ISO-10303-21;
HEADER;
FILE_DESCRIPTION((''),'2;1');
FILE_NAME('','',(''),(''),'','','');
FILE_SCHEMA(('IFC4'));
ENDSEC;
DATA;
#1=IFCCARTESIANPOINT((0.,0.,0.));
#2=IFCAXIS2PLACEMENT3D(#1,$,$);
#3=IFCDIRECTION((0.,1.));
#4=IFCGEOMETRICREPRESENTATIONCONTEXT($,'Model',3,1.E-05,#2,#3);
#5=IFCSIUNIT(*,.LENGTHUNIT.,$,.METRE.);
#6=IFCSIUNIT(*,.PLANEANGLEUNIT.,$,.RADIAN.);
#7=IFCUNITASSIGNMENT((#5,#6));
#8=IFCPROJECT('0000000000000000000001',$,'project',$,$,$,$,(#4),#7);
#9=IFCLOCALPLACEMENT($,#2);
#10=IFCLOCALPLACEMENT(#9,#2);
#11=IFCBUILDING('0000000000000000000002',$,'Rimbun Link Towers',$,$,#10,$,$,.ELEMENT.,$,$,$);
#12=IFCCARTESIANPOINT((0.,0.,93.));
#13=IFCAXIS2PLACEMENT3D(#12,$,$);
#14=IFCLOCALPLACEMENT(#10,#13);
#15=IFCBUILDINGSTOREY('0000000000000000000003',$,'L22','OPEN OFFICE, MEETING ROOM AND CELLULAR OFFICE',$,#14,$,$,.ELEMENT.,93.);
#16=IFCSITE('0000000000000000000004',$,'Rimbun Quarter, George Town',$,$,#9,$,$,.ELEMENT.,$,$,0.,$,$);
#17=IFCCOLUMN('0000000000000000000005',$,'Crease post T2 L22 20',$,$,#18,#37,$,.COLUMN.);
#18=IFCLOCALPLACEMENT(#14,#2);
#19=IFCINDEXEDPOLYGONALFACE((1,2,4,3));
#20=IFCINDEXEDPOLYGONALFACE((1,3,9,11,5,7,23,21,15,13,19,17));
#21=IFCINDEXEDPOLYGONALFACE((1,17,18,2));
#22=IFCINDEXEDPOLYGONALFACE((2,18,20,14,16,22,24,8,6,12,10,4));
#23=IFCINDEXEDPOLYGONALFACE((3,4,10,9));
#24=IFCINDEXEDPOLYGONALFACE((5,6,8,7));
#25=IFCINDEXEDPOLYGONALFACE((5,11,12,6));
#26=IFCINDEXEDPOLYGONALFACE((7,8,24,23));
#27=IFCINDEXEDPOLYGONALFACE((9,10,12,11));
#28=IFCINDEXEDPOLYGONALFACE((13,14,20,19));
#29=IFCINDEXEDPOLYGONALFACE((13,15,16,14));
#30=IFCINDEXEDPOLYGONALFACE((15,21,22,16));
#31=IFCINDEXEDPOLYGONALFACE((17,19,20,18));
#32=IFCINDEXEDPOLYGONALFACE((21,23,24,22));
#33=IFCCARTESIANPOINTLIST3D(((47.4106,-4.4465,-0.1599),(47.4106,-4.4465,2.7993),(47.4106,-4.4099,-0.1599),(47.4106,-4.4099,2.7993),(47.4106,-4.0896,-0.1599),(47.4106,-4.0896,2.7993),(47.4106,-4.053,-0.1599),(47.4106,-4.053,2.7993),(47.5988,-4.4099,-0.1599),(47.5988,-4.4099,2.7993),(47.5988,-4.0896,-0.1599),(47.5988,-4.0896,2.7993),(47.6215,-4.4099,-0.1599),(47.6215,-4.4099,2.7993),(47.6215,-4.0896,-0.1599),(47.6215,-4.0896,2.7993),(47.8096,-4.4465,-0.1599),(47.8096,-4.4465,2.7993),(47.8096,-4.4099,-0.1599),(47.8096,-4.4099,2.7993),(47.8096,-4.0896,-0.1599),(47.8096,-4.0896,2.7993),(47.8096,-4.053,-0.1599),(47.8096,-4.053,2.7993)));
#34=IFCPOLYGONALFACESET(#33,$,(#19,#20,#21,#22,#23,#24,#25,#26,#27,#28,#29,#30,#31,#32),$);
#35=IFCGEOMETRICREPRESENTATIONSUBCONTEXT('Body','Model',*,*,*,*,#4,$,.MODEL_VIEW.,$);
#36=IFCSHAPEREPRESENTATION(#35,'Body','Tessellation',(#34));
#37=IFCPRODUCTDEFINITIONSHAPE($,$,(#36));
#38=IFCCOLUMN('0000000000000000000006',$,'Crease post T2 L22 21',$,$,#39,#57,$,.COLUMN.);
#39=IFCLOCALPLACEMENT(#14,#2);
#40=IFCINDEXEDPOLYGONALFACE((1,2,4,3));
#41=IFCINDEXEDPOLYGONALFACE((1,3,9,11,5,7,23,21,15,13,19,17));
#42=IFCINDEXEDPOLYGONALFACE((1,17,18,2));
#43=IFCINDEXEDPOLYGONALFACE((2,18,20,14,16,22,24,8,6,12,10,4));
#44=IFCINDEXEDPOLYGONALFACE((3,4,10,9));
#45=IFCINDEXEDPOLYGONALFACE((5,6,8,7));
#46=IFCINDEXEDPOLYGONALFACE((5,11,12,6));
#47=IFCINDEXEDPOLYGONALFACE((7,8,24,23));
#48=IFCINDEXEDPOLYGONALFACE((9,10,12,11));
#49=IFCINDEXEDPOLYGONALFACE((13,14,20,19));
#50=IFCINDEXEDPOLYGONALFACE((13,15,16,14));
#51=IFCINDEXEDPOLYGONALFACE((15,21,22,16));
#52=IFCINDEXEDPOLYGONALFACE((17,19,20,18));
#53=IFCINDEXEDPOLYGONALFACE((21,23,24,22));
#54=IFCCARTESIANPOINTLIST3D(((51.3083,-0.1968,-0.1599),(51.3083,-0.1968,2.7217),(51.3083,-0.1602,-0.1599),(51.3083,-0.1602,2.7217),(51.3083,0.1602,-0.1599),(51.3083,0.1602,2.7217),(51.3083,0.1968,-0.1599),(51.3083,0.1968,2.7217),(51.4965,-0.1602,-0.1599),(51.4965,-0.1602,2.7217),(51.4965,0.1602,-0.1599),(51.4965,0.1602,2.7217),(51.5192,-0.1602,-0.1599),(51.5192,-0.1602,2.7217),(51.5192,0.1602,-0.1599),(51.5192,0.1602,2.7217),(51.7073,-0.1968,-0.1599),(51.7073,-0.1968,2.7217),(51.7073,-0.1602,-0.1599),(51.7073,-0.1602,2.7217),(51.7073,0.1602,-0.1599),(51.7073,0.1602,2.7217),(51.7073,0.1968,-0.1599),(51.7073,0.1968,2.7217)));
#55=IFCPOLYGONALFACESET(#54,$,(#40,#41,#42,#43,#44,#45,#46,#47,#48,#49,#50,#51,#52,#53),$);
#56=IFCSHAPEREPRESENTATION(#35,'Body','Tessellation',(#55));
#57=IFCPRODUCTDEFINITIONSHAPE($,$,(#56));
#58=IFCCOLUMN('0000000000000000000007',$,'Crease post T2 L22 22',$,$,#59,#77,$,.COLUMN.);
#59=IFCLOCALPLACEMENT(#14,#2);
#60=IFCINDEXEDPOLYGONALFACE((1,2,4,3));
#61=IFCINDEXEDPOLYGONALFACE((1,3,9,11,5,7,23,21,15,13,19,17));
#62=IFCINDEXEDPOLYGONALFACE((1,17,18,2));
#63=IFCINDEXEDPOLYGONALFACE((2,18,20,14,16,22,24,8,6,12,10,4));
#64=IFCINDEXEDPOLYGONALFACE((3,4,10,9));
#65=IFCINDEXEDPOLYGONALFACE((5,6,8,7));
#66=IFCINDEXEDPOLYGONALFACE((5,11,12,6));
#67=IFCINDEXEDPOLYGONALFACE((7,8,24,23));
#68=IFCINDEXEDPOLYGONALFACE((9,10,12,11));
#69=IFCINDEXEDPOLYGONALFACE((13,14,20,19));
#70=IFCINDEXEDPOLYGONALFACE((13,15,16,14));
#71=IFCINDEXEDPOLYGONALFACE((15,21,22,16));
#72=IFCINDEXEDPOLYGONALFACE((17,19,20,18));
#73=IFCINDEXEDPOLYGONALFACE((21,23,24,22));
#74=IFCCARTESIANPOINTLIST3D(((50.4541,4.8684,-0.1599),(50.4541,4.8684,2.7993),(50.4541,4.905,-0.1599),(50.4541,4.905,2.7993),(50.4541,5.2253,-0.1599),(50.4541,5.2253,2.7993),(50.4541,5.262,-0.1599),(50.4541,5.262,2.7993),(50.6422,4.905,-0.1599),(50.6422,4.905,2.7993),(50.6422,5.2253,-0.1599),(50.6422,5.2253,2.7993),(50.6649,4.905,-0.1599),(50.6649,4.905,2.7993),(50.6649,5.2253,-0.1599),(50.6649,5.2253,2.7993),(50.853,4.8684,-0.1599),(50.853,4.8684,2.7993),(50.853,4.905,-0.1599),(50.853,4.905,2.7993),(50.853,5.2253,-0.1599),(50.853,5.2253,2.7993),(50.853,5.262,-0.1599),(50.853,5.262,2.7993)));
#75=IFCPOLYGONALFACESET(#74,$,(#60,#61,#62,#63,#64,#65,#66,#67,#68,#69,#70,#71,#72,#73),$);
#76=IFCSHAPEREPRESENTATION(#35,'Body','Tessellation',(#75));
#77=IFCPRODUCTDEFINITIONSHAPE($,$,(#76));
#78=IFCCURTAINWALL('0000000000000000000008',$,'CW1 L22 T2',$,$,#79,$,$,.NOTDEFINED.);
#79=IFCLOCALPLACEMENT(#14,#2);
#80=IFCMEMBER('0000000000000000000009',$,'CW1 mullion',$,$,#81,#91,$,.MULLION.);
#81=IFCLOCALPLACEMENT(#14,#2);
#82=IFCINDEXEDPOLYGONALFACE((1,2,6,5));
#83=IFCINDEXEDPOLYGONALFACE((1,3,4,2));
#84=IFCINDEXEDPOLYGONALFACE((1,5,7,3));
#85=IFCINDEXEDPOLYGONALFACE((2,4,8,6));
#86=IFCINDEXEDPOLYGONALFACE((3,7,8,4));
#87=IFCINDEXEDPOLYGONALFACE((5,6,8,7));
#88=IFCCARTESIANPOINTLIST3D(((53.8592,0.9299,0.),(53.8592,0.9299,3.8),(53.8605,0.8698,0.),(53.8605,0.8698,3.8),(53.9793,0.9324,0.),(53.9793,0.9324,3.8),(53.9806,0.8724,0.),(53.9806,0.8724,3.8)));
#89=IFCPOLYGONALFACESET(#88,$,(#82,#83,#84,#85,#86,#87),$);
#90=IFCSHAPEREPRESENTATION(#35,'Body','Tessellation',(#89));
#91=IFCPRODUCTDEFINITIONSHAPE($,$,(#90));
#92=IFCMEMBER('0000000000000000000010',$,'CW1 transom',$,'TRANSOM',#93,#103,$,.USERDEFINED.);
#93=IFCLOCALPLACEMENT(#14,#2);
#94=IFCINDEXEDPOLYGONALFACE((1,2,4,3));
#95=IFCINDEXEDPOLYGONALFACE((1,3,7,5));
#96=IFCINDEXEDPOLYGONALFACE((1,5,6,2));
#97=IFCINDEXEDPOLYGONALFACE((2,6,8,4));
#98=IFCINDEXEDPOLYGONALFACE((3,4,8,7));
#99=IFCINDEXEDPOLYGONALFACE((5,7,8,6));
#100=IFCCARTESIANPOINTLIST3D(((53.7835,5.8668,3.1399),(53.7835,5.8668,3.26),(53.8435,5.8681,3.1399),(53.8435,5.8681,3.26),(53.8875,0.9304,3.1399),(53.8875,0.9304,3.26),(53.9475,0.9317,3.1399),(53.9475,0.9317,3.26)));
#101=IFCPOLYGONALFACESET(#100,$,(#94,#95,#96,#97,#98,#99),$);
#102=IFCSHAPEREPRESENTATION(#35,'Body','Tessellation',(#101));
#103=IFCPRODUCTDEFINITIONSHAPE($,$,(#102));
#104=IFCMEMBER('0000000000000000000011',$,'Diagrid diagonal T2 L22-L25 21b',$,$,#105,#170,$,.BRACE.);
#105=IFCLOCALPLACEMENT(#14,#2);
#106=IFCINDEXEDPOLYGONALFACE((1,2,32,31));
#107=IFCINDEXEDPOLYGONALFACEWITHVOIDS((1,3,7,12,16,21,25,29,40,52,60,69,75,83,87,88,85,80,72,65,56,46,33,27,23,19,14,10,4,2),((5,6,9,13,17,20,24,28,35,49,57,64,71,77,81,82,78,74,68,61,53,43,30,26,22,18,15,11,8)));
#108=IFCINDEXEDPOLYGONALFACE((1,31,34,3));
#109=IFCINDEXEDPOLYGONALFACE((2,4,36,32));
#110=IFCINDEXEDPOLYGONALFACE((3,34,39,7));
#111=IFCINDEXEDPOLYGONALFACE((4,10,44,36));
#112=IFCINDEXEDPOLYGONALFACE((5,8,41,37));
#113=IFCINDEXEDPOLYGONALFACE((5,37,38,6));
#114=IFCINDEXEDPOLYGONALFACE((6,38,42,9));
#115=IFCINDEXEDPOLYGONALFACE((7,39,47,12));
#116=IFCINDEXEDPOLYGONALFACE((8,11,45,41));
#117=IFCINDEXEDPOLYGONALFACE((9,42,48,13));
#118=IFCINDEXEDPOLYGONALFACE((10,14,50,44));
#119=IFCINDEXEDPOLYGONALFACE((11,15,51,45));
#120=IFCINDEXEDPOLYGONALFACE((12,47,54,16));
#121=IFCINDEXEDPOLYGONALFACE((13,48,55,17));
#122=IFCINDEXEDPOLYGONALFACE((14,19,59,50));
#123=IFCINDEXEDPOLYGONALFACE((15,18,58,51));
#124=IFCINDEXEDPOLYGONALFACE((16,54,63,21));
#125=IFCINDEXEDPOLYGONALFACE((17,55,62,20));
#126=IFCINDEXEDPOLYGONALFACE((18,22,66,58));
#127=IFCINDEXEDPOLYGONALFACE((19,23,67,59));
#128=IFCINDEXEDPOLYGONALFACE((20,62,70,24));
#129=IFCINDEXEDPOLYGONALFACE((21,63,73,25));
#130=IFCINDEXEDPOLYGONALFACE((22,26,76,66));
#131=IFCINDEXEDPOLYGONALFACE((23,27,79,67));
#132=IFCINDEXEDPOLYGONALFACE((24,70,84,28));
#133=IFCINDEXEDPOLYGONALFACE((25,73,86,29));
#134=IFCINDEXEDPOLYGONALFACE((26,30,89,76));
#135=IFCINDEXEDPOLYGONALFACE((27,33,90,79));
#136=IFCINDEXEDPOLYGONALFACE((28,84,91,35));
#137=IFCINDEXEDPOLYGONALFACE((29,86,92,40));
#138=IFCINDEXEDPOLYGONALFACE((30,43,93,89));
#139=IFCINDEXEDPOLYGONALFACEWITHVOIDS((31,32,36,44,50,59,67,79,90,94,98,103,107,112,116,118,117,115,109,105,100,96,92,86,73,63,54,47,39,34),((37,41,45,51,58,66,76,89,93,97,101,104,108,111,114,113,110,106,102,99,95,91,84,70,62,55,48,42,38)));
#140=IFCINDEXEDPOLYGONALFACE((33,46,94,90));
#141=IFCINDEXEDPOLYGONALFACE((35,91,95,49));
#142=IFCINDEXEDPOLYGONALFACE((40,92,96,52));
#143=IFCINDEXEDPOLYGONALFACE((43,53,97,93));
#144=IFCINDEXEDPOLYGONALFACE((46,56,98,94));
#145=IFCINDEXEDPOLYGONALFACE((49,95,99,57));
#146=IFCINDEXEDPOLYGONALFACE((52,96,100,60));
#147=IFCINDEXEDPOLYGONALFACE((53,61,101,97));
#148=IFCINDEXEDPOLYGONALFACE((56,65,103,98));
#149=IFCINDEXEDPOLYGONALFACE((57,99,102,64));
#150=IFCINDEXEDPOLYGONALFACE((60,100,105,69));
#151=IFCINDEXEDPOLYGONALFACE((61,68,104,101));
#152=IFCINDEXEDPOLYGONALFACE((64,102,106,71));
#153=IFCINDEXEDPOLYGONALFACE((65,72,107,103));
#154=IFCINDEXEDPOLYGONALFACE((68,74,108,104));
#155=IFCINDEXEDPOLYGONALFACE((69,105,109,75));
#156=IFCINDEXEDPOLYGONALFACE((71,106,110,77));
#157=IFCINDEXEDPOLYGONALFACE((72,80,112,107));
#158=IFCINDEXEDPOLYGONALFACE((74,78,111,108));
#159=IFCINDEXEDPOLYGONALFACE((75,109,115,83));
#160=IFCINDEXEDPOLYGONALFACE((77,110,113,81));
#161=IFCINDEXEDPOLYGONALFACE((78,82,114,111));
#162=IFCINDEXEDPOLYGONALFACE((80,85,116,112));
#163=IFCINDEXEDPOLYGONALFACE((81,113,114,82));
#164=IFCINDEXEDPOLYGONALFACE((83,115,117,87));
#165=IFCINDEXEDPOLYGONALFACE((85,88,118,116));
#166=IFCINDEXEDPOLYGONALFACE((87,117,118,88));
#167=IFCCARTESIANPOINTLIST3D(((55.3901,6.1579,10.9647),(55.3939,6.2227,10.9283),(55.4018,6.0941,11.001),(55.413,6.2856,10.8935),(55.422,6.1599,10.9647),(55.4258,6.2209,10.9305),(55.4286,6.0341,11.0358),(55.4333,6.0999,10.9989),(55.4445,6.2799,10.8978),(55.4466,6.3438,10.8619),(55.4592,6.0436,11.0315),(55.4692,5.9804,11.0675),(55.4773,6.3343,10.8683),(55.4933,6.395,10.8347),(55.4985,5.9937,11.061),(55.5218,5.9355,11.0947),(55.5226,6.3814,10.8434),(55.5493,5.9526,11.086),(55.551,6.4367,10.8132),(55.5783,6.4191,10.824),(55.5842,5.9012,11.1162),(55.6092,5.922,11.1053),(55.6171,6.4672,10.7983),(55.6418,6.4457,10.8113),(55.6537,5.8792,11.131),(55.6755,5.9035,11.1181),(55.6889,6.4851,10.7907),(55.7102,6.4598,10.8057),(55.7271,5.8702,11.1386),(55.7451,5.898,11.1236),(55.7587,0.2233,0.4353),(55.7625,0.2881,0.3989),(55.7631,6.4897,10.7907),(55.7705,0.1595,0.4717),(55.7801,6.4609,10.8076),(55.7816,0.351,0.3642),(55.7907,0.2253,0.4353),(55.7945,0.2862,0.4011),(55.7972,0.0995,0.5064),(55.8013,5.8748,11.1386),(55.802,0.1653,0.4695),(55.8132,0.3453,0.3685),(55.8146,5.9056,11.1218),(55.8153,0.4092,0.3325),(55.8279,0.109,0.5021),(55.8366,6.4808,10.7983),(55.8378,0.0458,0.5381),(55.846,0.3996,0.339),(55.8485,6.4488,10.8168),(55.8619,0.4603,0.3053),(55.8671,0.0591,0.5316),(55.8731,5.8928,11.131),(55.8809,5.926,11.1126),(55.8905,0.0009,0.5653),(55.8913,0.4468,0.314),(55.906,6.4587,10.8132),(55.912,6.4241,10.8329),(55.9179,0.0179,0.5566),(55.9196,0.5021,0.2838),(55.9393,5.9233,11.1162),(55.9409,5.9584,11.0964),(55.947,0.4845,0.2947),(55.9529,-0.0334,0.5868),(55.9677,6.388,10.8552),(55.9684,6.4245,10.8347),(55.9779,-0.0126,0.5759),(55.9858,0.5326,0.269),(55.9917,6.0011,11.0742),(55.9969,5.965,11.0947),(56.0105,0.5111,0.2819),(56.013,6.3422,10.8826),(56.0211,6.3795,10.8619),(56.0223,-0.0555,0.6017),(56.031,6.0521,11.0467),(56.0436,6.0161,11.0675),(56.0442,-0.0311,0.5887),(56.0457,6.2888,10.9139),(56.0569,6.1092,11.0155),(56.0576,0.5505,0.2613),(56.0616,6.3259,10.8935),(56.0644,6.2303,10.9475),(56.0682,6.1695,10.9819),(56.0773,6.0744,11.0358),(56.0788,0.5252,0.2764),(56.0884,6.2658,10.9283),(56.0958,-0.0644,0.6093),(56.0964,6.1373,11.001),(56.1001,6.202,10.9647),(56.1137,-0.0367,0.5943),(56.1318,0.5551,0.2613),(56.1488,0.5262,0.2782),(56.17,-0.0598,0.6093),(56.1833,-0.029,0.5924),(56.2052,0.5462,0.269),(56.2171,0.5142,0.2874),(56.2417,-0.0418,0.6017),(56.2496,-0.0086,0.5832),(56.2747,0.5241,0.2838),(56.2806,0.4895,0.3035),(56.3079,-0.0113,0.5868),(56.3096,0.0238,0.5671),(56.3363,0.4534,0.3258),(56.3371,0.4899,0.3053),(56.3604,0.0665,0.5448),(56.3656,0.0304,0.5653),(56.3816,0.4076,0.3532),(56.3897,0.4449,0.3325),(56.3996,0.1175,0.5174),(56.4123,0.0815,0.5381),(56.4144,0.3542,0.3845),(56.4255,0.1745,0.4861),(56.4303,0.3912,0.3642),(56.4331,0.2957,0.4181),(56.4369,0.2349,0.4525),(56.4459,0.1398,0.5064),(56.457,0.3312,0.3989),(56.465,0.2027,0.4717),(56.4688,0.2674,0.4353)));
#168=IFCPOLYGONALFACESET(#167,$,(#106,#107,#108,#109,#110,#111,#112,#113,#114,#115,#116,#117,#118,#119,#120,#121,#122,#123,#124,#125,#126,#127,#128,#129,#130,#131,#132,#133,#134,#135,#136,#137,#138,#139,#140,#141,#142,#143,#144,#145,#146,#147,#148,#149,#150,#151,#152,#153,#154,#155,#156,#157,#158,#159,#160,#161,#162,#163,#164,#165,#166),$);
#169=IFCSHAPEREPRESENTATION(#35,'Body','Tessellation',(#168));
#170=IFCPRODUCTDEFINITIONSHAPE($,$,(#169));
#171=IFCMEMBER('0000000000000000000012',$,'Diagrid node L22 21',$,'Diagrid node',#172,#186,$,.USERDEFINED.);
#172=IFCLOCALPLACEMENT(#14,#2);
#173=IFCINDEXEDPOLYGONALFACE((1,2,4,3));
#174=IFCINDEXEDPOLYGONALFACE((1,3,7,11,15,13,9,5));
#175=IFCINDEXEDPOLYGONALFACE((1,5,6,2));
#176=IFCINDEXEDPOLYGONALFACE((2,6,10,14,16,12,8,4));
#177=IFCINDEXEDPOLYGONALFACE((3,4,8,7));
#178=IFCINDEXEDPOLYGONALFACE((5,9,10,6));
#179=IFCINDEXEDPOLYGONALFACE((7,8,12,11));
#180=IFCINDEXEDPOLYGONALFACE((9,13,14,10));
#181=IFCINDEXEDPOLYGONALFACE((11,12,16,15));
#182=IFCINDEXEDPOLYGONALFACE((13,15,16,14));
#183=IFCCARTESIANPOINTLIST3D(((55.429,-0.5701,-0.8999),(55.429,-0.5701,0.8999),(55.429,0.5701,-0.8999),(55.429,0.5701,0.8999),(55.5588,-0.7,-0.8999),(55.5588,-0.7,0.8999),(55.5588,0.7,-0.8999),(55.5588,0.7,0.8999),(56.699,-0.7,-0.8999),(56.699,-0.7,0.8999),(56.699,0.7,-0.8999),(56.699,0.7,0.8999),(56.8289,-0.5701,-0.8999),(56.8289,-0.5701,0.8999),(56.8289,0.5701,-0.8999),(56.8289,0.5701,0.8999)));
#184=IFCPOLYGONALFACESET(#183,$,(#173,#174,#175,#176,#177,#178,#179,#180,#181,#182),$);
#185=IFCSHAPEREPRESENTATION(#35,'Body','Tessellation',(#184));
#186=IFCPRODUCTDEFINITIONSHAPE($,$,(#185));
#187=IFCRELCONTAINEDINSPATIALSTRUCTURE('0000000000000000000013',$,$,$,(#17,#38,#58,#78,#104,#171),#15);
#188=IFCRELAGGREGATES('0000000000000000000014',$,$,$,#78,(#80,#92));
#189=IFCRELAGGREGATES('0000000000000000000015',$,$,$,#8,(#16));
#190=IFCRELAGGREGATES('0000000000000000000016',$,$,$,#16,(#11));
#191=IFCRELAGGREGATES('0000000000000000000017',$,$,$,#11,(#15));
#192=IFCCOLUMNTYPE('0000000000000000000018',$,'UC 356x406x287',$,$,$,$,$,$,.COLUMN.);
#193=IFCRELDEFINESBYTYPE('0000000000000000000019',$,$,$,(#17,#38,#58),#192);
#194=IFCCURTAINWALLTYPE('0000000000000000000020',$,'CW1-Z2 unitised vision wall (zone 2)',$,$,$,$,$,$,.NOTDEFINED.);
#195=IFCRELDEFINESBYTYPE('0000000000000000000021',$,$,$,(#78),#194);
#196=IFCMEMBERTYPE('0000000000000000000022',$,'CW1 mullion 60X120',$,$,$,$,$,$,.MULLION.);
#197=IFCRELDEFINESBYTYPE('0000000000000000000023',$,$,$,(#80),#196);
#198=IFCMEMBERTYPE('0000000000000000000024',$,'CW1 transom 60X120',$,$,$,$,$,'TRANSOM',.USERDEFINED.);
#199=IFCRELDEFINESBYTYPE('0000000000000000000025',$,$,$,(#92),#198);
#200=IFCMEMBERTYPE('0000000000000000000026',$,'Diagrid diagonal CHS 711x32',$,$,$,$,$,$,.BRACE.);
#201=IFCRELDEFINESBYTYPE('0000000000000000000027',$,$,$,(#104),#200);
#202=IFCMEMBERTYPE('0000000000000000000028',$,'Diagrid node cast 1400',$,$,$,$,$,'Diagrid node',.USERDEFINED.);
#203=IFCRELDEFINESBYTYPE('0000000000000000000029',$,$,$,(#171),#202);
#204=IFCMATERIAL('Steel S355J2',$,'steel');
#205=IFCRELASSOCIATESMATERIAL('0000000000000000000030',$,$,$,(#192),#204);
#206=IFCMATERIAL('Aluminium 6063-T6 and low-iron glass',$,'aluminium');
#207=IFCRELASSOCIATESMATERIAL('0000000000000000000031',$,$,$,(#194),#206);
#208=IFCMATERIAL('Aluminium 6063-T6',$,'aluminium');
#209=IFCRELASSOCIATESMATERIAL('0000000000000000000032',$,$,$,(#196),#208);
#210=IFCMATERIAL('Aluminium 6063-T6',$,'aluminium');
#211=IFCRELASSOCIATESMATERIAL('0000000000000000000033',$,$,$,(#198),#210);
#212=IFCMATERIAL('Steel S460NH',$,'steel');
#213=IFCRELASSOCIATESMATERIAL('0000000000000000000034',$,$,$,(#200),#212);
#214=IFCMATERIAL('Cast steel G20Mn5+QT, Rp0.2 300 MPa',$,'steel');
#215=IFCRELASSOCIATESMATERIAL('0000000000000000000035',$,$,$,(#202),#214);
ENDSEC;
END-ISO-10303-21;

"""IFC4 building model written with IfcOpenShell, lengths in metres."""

from ifc_helpers import new_model, si_unit, direction, frame, origin, origin_2d, place, context, subcontext, project, spatial, polyline, rectangle, hollow_circle, i_section, outline, extrude, material, material_profile, profile_set, type_object, element, aggregate, save


model = new_model("IFC4")

# Units and contexts
model_context = context("Model", 3, precision=1e-05, world=origin(), true_north=direction((0.0, 1.0)))
body_context = subcontext(model_context, "Body", "Model", "MODEL_VIEW")
ifc_project = project(units=[si_unit("LENGTHUNIT", "METRE"), si_unit("PLANEANGLEUNIT", "RADIAN")], contexts=[model_context])

# Site, building, storey
site_placement = place(None, origin())
site = spatial("IfcSite", under=ifc_project, at=site_placement, Name="Rimbun Quarter, George Town", CompositionType="ELEMENT", RefElevation=0.0)
building_placement = place(site_placement, origin())
building = spatial("IfcBuilding", under=site, at=building_placement, Name="Rimbun Link Towers", CompositionType="ELEMENT")
storey_placement = place(building_placement, frame((0.0, 0.0, 93.0)))
storey = spatial("IfcBuildingStorey", under=building, at=storey_placement, Name="L22", Description="OPEN OFFICE, MEETING ROOM AND CELLULAR OFFICE", CompositionType="ELEMENT", Elevation=93.0)

# Columns
ifc_material_1 = material(Name="Steel S355J2", Category="steel")
ifc_material_profile_1 = material_profile(ifc_material_1, i_section(OverallWidth=0.3989, OverallDepth=0.3936, WebThickness=0.0227, FlangeThickness=0.0366, at=origin_2d()), Name="UC 356x406x287")
ifc_profile_set_1 = profile_set([ifc_material_profile_1], Name="Steel S355J2")
column_type = type_object("IfcColumnType", Name="UC 356x406x287", PredefinedType="COLUMN", material=ifc_profile_set_1)
column_1_placement = place(storey_placement, frame((47.6101, -4.2498, -0.1599), z_axis=(0.0, 0.0, 1.0), x_axis=(1.0, 0.0, 0.0)))
element("IfcColumn", 1, at=column_1_placement, inside=storey, type_object=column_type, Name="Crease post T2 L22 20", PredefinedType="COLUMN", context=body_context, shape_type="SweptSolid", body=[
    extrude(i_section(OverallWidth=0.3989, OverallDepth=0.3936, WebThickness=0.0227, FlangeThickness=0.0366, at=origin_2d()), origin(), (0.0, 0.0, 1.0), 2.9592),
])
column_2_placement = place(storey_placement, frame((51.5078, 0.0, -0.1599), z_axis=(0.0, 0.0, 1.0), x_axis=(1.0, 0.0, 0.0)))
element("IfcColumn", 2, at=column_2_placement, inside=storey, type_object=column_type, Name="Crease post T2 L22 21", PredefinedType="COLUMN", context=body_context, shape_type="SweptSolid", body=[
    extrude(i_section(OverallWidth=0.3989, OverallDepth=0.3936, WebThickness=0.0227, FlangeThickness=0.0366, at=origin_2d()), origin(), (0.0, 0.0, 1.0), 2.8816),
])
column_3_placement = place(storey_placement, frame((50.6536, 5.0652, -0.1599), z_axis=(0.0, 0.0, 1.0), x_axis=(1.0, 0.0, 0.0)))
element("IfcColumn", 3, at=column_3_placement, inside=storey, type_object=column_type, Name="Crease post T2 L22 22", PredefinedType="COLUMN", context=body_context, shape_type="SweptSolid", body=[
    extrude(i_section(OverallWidth=0.3989, OverallDepth=0.3936, WebThickness=0.0227, FlangeThickness=0.0366, at=origin_2d()), origin(), (0.0, 0.0, 1.0), 2.9592),
])

# Curtain wall, members
ifc_material_2 = material(Name="Aluminium 6063-T6 and low-iron glass", Category="aluminium")
curtain_wall_type = type_object("IfcCurtainWallType", Name="CW1-Z2 unitised vision wall (zone 2)", PredefinedType="NOTDEFINED", material=ifc_material_2)
curtain_wall_placement = place(storey_placement, origin())
curtain_wall = element("IfcCurtainWall", 4, at=curtain_wall_placement, inside=storey, type_object=curtain_wall_type, Name="CW1 L22 T2", PredefinedType="NOTDEFINED")
ifc_material_3 = material(Name="Aluminium 6063-T6", Category="aluminium")
ifc_material_profile_2 = material_profile(ifc_material_3, rectangle(XDim=0.1201, YDim=0.0601, at=origin_2d()), Name="MULLION 60X120")
ifc_profile_set_2 = profile_set([ifc_material_profile_2], Name="Aluminium 6063-T6")
member_type_1 = type_object("IfcMemberType", Name="CW1 mullion 60X120", PredefinedType="MULLION", material=ifc_profile_set_2)
member_1_placement = place(storey_placement, frame((53.9199, 0.9011, 0.0), z_axis=(0.0, 0.0, 1.0), x_axis=(0.999778, 0.02106, 0.0)))
member_1 = element("IfcMember", 5, at=member_1_placement, type_object=member_type_1, Name="CW1 mullion", PredefinedType="MULLION", context=body_context, shape_type="SweptSolid", body=[
    extrude(rectangle(XDim=0.1201, YDim=0.0601, at=origin_2d()), origin(), (0.0, 0.0, 1.0), 3.8),
])
ifc_material_4 = material(Name="Aluminium 6063-T6", Category="aluminium")
ifc_material_profile_3 = material_profile(ifc_material_4, rectangle(XDim=0.0601, YDim=0.1201, at=origin_2d()), Name="TRANSOM 60X120")
ifc_profile_set_3 = profile_set([ifc_material_profile_3], Name="Aluminium 6063-T6")
member_type_2 = type_object("IfcMemberType", Name="CW1 transom 60X120", ElementType="TRANSOM", PredefinedType="USERDEFINED", material=ifc_profile_set_3)
member_2_placement = place(storey_placement, frame((53.8135, 5.8674, 3.2), z_axis=(0.021064, -0.999778, 0.0), x_axis=(0.999778, 0.021064, 0.0)))
member_2 = element("IfcMember", 6, at=member_2_placement, type_object=member_type_2, Name="CW1 transom", ObjectType="TRANSOM", PredefinedType="USERDEFINED", context=body_context, shape_type="SweptSolid", body=[
    extrude(rectangle(XDim=0.0601, YDim=0.1201, at=origin_2d()), origin(), (0.0, 0.0, 1.0), 4.9375),
])

# Members
ifc_material_5 = material(Name="Steel S460NH", Category="steel")
ifc_material_profile_4 = material_profile(ifc_material_5, hollow_circle(Radius=0.3557, WallThickness=0.032, at=origin_2d()), Name="Diagrid diagonal CHS 711x32")
ifc_profile_set_4 = profile_set([ifc_material_profile_4], Name="Steel S460NH")
member_type_3 = type_object("IfcMemberType", Name="Diagrid diagonal CHS 711x32", PredefinedType="BRACE", material=ifc_profile_set_4)
member_3_placement = place(storey_placement, frame((56.1138, 0.2454, 0.4353), z_axis=(-0.030487, 0.490777, 0.870752), x_axis=(-0.998076, -0.062, 0.0)))
element("IfcMember", 7, at=member_3_placement, inside=storey, type_object=member_type_3, Name="Diagrid diagonal T2 L22-L25 21b", PredefinedType="BRACE", context=body_context, shape_type="SweptSolid", body=[
    extrude(hollow_circle(Radius=0.3557, WallThickness=0.032, at=origin_2d()), origin(), (0.0, 0.0, 1.0), 12.0923),
])
ifc_material_6 = material(Name="Cast steel G20Mn5+QT, Rp0.2 300 MPa", Category="steel")
ifc_material_profile_5 = material_profile(ifc_material_6, outline(polyline([(0.7, -0.5701), (0.7, 0.5701), (0.5701, 0.7), (-0.5701, 0.7), (-0.7, 0.5701), (-0.7, -0.5701), (-0.5701, -0.7), (0.5701, -0.7), (0.7, -0.5701)])), Name="NODE 1400x1400")
ifc_profile_set_5 = profile_set([ifc_material_profile_5], Name="Cast steel G20Mn5+QT, Rp0.2 300 MPa")
member_type_4 = type_object("IfcMemberType", Name="Diagrid node cast 1400", ElementType="Diagrid node", PredefinedType="USERDEFINED", material=ifc_profile_set_5)
member_4_placement = place(storey_placement, frame((56.1289, 0.0, -0.8999), z_axis=(0.0, 0.0, 1.0), x_axis=(1.0, 0.0, 0.0)))
element("IfcMember", 8, at=member_4_placement, inside=storey, type_object=member_type_4, Name="Diagrid node L22 21", ObjectType="Diagrid node", PredefinedType="USERDEFINED", context=body_context, shape_type="SweptSolid", body=[
    extrude(outline(polyline([(0.7, -0.5701), (0.7, 0.5701), (0.5701, 0.7), (-0.5701, 0.7), (-0.7, 0.5701), (-0.7, -0.5701), (-0.5701, -0.7), (0.5701, -0.7), (0.7, -0.5701)])), origin(), (0.0, 0.0, 1.0), 1.7998),
])

aggregate(curtain_wall, [member_1, member_2])

save(model, "model.ifc")
